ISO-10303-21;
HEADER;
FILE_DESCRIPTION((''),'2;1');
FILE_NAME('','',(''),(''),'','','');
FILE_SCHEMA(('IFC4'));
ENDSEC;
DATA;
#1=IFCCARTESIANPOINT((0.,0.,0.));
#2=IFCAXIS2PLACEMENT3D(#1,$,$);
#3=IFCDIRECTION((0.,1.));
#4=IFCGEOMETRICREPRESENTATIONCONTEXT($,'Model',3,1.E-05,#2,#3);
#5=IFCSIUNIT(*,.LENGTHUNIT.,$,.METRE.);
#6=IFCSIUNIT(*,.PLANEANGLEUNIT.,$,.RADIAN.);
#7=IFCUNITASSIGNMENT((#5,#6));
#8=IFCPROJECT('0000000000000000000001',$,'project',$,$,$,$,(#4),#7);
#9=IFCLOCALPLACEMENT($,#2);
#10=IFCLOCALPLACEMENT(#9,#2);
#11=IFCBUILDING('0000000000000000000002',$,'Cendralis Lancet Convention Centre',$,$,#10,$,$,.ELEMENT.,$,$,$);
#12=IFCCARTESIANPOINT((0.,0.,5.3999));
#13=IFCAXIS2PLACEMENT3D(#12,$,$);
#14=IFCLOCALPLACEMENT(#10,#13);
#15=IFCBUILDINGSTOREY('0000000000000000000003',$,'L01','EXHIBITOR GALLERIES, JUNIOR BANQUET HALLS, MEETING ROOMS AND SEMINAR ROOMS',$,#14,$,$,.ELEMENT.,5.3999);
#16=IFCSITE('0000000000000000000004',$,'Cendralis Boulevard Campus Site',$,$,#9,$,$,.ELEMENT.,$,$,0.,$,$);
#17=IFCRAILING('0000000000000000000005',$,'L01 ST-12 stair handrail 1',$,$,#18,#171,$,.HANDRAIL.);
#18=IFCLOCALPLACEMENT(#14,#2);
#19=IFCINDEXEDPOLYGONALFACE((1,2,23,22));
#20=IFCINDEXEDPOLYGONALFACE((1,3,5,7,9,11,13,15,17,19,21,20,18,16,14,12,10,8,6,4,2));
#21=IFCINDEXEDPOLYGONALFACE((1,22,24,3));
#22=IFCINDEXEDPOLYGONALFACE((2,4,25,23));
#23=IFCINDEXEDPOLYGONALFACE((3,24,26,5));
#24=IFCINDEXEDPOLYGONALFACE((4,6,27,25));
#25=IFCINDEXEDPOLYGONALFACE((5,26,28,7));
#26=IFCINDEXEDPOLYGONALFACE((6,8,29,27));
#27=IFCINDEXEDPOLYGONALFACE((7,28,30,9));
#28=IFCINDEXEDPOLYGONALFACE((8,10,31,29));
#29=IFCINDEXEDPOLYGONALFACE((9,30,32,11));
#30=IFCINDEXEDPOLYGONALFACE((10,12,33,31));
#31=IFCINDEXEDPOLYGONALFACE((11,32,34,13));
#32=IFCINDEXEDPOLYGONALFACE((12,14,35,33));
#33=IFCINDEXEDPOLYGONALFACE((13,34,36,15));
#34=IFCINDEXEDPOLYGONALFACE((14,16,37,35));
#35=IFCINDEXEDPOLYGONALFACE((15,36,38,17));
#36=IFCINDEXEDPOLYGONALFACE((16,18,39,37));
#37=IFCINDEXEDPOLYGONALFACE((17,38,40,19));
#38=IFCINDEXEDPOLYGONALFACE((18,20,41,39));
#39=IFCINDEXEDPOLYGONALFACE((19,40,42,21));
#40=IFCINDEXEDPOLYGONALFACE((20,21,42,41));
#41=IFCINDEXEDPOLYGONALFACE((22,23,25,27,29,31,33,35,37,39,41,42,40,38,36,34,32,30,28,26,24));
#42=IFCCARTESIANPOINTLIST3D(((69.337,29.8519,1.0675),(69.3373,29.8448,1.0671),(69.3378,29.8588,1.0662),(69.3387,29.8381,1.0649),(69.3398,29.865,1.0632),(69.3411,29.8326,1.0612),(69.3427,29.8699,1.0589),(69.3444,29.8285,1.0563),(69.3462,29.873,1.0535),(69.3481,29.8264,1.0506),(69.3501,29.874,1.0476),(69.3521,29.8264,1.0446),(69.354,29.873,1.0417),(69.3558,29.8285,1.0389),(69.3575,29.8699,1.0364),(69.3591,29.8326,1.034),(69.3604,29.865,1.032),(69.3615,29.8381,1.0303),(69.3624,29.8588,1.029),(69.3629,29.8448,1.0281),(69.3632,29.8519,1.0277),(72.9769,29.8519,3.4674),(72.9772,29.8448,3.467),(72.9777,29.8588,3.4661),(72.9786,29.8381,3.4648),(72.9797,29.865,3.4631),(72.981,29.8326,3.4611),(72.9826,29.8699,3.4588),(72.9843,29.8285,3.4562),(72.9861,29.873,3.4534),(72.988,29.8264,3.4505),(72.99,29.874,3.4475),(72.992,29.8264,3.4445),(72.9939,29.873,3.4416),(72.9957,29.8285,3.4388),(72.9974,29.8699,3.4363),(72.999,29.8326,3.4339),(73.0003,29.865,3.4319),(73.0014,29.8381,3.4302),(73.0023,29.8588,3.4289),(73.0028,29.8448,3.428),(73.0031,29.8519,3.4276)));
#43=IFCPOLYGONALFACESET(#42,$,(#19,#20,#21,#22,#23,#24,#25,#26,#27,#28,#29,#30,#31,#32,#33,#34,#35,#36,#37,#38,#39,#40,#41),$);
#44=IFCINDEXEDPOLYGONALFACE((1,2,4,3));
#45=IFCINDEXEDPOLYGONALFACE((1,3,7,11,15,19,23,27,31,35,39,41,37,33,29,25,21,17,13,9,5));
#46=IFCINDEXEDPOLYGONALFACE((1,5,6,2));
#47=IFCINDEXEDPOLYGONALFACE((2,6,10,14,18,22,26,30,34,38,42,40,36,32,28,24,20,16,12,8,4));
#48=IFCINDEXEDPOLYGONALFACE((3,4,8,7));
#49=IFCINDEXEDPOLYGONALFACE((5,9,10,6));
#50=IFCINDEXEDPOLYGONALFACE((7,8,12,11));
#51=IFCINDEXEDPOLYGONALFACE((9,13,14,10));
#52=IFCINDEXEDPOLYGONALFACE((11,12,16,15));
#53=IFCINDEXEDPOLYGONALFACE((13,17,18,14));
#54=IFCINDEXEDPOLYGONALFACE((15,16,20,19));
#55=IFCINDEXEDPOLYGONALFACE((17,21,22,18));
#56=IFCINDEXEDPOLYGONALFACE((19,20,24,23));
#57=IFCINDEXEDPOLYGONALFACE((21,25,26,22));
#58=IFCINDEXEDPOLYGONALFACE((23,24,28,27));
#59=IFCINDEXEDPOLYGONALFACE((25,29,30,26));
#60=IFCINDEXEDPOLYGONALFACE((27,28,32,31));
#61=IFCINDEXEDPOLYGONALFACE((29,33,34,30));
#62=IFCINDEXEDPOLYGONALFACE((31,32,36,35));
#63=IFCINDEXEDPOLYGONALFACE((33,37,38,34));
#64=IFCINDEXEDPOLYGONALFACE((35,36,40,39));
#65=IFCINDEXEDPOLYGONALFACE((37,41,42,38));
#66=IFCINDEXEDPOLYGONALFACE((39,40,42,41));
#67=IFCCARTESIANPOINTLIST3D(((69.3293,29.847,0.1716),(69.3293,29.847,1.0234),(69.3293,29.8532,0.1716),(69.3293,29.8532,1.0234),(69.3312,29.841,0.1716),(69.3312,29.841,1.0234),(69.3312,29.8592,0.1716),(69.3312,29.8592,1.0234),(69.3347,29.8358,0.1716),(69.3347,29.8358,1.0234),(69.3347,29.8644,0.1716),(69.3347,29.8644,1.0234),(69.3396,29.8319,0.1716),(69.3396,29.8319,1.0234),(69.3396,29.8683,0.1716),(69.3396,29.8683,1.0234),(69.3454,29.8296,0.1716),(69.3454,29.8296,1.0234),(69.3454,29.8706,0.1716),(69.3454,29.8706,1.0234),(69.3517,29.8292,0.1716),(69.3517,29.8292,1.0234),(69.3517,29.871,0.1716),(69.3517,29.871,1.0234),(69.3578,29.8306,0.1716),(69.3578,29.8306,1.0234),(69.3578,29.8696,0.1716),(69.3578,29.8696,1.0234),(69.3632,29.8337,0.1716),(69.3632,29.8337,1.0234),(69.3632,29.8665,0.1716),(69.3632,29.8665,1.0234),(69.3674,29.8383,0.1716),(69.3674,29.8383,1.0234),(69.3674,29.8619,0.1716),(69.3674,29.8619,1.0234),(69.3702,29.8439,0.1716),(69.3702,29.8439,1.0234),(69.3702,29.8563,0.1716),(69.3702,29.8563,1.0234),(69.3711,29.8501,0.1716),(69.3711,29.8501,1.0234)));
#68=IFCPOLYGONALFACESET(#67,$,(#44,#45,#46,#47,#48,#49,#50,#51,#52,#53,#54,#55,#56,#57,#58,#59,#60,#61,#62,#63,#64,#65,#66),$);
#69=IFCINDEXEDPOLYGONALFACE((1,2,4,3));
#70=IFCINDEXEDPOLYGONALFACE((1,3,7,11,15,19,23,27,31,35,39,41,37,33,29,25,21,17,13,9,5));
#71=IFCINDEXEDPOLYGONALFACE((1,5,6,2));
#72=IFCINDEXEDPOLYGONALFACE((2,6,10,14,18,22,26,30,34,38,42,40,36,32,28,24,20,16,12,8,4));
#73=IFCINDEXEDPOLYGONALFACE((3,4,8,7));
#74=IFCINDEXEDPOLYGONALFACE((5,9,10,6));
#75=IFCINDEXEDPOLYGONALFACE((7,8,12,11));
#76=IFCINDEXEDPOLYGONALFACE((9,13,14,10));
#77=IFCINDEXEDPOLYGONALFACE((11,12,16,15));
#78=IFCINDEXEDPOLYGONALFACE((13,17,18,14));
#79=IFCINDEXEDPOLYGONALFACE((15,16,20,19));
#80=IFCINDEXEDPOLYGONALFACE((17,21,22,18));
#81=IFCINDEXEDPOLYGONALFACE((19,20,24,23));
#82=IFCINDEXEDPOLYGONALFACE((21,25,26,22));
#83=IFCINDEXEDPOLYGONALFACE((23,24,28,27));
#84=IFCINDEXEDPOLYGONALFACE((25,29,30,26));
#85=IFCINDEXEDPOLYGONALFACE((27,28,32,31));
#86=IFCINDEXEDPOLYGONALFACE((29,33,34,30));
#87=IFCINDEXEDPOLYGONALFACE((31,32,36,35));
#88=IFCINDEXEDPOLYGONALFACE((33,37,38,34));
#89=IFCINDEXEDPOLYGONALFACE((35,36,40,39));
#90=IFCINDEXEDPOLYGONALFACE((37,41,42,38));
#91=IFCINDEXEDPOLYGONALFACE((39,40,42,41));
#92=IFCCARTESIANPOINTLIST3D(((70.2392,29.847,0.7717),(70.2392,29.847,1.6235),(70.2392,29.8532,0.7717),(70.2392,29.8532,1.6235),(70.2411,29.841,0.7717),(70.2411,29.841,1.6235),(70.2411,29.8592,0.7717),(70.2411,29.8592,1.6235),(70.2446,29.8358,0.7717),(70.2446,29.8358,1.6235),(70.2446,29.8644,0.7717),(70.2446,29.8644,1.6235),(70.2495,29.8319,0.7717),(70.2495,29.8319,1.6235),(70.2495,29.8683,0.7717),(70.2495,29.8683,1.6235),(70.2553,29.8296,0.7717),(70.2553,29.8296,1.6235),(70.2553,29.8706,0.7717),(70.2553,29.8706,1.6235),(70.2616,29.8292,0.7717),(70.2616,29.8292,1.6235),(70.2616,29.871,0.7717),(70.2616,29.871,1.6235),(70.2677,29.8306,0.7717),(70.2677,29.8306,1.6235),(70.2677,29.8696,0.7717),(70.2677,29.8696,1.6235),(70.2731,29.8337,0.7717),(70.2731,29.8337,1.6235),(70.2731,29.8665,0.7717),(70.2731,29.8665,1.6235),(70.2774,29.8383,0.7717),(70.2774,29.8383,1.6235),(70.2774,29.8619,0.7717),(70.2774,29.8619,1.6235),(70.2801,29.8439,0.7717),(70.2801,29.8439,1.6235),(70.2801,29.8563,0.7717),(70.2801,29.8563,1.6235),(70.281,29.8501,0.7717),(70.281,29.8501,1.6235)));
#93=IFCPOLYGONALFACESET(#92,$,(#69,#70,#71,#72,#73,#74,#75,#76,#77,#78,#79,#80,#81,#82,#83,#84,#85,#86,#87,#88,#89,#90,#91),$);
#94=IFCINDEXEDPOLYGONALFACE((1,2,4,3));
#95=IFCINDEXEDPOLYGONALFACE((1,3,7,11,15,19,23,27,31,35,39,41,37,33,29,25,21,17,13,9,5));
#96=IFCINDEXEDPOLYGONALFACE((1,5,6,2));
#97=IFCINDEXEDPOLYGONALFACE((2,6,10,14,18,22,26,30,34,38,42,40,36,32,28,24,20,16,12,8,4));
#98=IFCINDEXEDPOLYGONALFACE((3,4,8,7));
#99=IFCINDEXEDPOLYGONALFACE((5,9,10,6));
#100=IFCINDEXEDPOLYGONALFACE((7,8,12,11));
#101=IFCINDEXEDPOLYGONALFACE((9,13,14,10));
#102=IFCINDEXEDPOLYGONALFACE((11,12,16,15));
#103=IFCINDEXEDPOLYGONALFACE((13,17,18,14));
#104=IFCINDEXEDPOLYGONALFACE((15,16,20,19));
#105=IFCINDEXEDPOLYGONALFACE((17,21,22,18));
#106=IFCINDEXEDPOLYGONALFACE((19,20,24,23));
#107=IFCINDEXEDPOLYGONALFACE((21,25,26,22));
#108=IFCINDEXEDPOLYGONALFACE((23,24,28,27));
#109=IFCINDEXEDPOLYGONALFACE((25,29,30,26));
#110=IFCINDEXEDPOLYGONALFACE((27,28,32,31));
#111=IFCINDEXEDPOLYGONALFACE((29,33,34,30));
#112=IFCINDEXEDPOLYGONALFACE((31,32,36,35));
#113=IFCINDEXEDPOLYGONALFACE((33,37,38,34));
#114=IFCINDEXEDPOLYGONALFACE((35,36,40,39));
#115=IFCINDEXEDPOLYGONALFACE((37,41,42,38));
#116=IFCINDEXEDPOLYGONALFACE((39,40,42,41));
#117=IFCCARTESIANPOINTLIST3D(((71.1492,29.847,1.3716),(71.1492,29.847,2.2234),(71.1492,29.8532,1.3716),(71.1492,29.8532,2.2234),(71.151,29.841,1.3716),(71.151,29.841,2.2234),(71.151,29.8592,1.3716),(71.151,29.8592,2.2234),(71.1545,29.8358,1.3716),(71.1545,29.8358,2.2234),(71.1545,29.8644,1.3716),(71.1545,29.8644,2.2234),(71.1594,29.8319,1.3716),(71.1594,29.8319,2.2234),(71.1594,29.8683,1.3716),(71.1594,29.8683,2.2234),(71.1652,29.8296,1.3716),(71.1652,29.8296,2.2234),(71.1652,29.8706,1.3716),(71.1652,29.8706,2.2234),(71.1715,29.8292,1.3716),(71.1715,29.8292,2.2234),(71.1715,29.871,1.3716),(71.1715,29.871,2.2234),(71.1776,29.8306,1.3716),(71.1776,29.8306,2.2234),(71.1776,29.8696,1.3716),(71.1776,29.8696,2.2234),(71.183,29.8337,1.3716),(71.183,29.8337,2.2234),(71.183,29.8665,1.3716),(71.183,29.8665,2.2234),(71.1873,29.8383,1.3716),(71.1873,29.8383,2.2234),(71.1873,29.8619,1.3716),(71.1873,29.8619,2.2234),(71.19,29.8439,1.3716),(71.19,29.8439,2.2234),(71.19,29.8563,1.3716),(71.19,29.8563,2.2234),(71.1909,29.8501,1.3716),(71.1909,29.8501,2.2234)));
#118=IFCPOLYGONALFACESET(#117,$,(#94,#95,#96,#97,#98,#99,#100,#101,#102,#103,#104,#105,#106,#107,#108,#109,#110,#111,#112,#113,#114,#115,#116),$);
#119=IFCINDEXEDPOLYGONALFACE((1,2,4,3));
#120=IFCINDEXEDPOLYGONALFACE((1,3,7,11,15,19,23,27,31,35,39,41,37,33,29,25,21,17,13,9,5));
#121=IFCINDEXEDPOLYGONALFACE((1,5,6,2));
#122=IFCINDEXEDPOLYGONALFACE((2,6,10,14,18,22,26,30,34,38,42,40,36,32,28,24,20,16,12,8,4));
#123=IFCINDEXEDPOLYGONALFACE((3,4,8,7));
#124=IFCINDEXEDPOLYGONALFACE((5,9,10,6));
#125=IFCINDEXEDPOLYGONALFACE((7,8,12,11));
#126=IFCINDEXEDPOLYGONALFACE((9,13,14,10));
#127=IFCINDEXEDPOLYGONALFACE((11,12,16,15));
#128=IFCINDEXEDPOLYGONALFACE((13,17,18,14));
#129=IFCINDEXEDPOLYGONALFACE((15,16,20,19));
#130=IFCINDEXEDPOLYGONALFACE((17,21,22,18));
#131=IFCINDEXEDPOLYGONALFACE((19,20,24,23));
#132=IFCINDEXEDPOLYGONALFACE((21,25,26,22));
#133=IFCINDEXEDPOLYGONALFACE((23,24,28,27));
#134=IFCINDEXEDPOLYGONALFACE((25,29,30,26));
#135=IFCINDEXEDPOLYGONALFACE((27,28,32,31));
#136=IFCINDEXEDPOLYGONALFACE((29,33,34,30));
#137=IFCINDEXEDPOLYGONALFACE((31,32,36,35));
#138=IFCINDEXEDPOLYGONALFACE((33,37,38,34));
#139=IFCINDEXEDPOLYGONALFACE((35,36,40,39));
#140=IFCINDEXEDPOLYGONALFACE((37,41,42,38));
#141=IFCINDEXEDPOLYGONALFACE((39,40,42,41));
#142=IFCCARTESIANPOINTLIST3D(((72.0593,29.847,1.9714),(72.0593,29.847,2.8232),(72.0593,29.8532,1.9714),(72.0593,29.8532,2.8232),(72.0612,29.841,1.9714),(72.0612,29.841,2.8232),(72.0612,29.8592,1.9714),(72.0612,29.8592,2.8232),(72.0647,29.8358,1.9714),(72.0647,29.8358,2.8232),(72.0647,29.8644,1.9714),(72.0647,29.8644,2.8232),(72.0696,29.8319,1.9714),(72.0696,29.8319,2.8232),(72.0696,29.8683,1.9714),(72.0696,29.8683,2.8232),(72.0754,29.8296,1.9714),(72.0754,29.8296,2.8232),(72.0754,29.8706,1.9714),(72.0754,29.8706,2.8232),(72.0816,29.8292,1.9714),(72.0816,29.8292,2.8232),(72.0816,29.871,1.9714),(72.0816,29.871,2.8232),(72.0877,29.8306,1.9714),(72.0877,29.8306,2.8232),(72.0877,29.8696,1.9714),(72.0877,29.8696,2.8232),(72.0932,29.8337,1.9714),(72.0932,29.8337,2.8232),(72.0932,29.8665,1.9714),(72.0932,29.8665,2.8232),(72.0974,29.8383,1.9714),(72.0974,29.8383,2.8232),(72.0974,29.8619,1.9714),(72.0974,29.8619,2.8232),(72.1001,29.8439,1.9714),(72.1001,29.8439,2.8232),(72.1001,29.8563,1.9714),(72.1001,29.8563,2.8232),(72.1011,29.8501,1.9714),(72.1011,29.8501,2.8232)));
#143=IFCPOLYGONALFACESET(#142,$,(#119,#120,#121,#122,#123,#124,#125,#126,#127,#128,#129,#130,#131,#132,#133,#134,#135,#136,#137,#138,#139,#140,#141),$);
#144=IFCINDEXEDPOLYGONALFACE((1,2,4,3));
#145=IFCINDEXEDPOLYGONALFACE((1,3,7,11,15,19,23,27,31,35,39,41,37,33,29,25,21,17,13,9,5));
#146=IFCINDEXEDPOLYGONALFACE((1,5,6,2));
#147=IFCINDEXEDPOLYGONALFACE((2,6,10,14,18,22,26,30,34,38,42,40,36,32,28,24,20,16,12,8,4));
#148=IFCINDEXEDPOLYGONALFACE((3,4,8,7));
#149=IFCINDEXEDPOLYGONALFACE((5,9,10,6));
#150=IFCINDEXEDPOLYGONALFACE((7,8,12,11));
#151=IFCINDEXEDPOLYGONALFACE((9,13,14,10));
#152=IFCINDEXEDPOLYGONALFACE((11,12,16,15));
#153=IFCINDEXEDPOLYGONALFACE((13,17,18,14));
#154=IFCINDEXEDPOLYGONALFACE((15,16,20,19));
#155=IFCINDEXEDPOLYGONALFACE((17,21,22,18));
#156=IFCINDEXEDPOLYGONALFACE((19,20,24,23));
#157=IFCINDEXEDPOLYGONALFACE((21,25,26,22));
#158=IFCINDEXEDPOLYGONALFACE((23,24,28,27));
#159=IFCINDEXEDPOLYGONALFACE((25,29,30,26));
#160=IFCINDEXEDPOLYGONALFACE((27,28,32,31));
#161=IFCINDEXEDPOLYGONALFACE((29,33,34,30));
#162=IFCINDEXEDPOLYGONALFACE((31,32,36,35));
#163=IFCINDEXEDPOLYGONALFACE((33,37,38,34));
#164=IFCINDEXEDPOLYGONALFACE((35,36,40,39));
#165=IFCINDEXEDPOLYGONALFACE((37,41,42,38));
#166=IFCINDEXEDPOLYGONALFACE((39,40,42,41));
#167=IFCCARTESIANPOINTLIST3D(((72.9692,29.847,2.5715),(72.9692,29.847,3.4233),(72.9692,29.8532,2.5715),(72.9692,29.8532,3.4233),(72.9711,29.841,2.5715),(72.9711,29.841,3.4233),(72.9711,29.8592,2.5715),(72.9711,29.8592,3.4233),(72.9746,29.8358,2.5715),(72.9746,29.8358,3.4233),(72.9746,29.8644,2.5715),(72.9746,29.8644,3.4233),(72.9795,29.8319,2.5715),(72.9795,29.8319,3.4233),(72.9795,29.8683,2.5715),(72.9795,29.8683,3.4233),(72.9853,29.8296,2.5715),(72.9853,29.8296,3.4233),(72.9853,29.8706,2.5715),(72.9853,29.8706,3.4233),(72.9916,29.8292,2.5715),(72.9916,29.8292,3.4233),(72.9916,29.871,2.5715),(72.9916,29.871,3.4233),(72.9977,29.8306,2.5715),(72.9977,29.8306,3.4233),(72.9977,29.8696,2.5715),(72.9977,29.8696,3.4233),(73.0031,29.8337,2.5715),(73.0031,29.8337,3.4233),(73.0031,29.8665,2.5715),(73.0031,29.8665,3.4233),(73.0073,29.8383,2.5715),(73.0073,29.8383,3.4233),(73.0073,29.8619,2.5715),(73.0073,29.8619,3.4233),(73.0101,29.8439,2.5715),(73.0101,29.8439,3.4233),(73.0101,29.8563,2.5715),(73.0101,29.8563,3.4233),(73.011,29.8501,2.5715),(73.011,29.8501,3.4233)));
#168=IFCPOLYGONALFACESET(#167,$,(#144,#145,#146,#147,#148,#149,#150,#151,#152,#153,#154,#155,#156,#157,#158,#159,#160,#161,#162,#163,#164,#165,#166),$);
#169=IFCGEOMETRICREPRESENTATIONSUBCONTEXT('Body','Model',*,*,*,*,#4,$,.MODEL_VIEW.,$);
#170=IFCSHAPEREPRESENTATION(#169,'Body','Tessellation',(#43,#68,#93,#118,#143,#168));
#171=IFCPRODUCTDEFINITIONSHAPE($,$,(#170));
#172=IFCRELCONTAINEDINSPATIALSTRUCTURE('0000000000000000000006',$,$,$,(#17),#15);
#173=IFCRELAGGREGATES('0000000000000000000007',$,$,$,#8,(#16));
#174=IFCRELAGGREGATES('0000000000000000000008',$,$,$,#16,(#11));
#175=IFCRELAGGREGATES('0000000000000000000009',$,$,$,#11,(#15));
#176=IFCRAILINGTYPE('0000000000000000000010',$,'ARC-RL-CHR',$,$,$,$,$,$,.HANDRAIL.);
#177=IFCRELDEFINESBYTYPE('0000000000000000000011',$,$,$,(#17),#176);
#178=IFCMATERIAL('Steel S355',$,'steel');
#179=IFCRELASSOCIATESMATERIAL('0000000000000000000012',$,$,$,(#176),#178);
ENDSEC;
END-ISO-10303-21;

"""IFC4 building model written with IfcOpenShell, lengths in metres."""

from ifc_helpers import new_model, si_unit, direction, frame, origin, origin_2d, place, context, subcontext, project, spatial, circle, extrude, material, type_object, element, save


model = new_model("IFC4")

# Units and contexts
model_context = context("Model", 3, precision=1e-05, world=origin(), true_north=direction((0.0, 1.0)))
body_context = subcontext(model_context, "Body", "Model", "MODEL_VIEW")
ifc_project = project(units=[si_unit("LENGTHUNIT", "METRE"), si_unit("PLANEANGLEUNIT", "RADIAN")], contexts=[model_context])

# Site, building, storey
site_placement = place(None, origin())
site = spatial("IfcSite", under=ifc_project, at=site_placement, Name="Cendralis Boulevard Campus Site", CompositionType="ELEMENT", RefElevation=0.0)
building_placement = place(site_placement, origin())
building = spatial("IfcBuilding", under=site, at=building_placement, Name="Cendralis Lancet Convention Centre", CompositionType="ELEMENT")
storey_placement = place(building_placement, frame((0.0, 0.0, 5.3999)))
storey = spatial("IfcBuildingStorey", under=building, at=storey_placement, Name="L01", Description="EXHIBITOR GALLERIES, JUNIOR BANQUET HALLS, MEETING ROOMS AND SEMINAR ROOMS", CompositionType="ELEMENT", Elevation=5.3999)

# Shared definitions
ifc_material_1 = material(Name="Steel S355", Category="steel")

# Railing
railing_type_1 = type_object("IfcRailingType", Name="ARC-RL-CHR", PredefinedType="HANDRAIL", material=ifc_material_1)
railing_1_placement = place(storey_placement, frame((69.3501, 29.8501, 0.1716)))
element("IfcRailing", 1, at=railing_1_placement, inside=storey, type_object=railing_type_1, Name="L01 ST-12 stair handrail 1", PredefinedType="HANDRAIL", context=body_context, shape_type="SweptSolid", body=[
    extrude(circle(Radius=0.0239, at=origin_2d()), frame((0.0, 0.0, 0.876), z_axis=(0.834865, 0.0, 0.550454), x_axis=(0.0, 1.0, 0.0)), (0.0, 0.0, 1.0), 4.3599),
    extrude(circle(Radius=0.021, at=origin_2d()), origin(), (0.0, 0.0, 1.0), 0.8518),
    extrude(circle(Radius=0.021, at=origin_2d()), frame((0.9099, 0.0, 0.6001)), (0.0, 0.0, 1.0), 0.8518),
    extrude(circle(Radius=0.021, at=origin_2d()), frame((1.8198, 0.0, 1.2)), (0.0, 0.0, 1.0), 0.8518),
    extrude(circle(Radius=0.021, at=origin_2d()), frame((2.73, 0.0, 1.7998)), (0.0, 0.0, 1.0), 0.8518),
    extrude(circle(Radius=0.021, at=origin_2d()), frame((3.6399, 0.0, 2.3999)), (0.0, 0.0, 1.0), 0.8518),
])

save(model, "model.ifc")
